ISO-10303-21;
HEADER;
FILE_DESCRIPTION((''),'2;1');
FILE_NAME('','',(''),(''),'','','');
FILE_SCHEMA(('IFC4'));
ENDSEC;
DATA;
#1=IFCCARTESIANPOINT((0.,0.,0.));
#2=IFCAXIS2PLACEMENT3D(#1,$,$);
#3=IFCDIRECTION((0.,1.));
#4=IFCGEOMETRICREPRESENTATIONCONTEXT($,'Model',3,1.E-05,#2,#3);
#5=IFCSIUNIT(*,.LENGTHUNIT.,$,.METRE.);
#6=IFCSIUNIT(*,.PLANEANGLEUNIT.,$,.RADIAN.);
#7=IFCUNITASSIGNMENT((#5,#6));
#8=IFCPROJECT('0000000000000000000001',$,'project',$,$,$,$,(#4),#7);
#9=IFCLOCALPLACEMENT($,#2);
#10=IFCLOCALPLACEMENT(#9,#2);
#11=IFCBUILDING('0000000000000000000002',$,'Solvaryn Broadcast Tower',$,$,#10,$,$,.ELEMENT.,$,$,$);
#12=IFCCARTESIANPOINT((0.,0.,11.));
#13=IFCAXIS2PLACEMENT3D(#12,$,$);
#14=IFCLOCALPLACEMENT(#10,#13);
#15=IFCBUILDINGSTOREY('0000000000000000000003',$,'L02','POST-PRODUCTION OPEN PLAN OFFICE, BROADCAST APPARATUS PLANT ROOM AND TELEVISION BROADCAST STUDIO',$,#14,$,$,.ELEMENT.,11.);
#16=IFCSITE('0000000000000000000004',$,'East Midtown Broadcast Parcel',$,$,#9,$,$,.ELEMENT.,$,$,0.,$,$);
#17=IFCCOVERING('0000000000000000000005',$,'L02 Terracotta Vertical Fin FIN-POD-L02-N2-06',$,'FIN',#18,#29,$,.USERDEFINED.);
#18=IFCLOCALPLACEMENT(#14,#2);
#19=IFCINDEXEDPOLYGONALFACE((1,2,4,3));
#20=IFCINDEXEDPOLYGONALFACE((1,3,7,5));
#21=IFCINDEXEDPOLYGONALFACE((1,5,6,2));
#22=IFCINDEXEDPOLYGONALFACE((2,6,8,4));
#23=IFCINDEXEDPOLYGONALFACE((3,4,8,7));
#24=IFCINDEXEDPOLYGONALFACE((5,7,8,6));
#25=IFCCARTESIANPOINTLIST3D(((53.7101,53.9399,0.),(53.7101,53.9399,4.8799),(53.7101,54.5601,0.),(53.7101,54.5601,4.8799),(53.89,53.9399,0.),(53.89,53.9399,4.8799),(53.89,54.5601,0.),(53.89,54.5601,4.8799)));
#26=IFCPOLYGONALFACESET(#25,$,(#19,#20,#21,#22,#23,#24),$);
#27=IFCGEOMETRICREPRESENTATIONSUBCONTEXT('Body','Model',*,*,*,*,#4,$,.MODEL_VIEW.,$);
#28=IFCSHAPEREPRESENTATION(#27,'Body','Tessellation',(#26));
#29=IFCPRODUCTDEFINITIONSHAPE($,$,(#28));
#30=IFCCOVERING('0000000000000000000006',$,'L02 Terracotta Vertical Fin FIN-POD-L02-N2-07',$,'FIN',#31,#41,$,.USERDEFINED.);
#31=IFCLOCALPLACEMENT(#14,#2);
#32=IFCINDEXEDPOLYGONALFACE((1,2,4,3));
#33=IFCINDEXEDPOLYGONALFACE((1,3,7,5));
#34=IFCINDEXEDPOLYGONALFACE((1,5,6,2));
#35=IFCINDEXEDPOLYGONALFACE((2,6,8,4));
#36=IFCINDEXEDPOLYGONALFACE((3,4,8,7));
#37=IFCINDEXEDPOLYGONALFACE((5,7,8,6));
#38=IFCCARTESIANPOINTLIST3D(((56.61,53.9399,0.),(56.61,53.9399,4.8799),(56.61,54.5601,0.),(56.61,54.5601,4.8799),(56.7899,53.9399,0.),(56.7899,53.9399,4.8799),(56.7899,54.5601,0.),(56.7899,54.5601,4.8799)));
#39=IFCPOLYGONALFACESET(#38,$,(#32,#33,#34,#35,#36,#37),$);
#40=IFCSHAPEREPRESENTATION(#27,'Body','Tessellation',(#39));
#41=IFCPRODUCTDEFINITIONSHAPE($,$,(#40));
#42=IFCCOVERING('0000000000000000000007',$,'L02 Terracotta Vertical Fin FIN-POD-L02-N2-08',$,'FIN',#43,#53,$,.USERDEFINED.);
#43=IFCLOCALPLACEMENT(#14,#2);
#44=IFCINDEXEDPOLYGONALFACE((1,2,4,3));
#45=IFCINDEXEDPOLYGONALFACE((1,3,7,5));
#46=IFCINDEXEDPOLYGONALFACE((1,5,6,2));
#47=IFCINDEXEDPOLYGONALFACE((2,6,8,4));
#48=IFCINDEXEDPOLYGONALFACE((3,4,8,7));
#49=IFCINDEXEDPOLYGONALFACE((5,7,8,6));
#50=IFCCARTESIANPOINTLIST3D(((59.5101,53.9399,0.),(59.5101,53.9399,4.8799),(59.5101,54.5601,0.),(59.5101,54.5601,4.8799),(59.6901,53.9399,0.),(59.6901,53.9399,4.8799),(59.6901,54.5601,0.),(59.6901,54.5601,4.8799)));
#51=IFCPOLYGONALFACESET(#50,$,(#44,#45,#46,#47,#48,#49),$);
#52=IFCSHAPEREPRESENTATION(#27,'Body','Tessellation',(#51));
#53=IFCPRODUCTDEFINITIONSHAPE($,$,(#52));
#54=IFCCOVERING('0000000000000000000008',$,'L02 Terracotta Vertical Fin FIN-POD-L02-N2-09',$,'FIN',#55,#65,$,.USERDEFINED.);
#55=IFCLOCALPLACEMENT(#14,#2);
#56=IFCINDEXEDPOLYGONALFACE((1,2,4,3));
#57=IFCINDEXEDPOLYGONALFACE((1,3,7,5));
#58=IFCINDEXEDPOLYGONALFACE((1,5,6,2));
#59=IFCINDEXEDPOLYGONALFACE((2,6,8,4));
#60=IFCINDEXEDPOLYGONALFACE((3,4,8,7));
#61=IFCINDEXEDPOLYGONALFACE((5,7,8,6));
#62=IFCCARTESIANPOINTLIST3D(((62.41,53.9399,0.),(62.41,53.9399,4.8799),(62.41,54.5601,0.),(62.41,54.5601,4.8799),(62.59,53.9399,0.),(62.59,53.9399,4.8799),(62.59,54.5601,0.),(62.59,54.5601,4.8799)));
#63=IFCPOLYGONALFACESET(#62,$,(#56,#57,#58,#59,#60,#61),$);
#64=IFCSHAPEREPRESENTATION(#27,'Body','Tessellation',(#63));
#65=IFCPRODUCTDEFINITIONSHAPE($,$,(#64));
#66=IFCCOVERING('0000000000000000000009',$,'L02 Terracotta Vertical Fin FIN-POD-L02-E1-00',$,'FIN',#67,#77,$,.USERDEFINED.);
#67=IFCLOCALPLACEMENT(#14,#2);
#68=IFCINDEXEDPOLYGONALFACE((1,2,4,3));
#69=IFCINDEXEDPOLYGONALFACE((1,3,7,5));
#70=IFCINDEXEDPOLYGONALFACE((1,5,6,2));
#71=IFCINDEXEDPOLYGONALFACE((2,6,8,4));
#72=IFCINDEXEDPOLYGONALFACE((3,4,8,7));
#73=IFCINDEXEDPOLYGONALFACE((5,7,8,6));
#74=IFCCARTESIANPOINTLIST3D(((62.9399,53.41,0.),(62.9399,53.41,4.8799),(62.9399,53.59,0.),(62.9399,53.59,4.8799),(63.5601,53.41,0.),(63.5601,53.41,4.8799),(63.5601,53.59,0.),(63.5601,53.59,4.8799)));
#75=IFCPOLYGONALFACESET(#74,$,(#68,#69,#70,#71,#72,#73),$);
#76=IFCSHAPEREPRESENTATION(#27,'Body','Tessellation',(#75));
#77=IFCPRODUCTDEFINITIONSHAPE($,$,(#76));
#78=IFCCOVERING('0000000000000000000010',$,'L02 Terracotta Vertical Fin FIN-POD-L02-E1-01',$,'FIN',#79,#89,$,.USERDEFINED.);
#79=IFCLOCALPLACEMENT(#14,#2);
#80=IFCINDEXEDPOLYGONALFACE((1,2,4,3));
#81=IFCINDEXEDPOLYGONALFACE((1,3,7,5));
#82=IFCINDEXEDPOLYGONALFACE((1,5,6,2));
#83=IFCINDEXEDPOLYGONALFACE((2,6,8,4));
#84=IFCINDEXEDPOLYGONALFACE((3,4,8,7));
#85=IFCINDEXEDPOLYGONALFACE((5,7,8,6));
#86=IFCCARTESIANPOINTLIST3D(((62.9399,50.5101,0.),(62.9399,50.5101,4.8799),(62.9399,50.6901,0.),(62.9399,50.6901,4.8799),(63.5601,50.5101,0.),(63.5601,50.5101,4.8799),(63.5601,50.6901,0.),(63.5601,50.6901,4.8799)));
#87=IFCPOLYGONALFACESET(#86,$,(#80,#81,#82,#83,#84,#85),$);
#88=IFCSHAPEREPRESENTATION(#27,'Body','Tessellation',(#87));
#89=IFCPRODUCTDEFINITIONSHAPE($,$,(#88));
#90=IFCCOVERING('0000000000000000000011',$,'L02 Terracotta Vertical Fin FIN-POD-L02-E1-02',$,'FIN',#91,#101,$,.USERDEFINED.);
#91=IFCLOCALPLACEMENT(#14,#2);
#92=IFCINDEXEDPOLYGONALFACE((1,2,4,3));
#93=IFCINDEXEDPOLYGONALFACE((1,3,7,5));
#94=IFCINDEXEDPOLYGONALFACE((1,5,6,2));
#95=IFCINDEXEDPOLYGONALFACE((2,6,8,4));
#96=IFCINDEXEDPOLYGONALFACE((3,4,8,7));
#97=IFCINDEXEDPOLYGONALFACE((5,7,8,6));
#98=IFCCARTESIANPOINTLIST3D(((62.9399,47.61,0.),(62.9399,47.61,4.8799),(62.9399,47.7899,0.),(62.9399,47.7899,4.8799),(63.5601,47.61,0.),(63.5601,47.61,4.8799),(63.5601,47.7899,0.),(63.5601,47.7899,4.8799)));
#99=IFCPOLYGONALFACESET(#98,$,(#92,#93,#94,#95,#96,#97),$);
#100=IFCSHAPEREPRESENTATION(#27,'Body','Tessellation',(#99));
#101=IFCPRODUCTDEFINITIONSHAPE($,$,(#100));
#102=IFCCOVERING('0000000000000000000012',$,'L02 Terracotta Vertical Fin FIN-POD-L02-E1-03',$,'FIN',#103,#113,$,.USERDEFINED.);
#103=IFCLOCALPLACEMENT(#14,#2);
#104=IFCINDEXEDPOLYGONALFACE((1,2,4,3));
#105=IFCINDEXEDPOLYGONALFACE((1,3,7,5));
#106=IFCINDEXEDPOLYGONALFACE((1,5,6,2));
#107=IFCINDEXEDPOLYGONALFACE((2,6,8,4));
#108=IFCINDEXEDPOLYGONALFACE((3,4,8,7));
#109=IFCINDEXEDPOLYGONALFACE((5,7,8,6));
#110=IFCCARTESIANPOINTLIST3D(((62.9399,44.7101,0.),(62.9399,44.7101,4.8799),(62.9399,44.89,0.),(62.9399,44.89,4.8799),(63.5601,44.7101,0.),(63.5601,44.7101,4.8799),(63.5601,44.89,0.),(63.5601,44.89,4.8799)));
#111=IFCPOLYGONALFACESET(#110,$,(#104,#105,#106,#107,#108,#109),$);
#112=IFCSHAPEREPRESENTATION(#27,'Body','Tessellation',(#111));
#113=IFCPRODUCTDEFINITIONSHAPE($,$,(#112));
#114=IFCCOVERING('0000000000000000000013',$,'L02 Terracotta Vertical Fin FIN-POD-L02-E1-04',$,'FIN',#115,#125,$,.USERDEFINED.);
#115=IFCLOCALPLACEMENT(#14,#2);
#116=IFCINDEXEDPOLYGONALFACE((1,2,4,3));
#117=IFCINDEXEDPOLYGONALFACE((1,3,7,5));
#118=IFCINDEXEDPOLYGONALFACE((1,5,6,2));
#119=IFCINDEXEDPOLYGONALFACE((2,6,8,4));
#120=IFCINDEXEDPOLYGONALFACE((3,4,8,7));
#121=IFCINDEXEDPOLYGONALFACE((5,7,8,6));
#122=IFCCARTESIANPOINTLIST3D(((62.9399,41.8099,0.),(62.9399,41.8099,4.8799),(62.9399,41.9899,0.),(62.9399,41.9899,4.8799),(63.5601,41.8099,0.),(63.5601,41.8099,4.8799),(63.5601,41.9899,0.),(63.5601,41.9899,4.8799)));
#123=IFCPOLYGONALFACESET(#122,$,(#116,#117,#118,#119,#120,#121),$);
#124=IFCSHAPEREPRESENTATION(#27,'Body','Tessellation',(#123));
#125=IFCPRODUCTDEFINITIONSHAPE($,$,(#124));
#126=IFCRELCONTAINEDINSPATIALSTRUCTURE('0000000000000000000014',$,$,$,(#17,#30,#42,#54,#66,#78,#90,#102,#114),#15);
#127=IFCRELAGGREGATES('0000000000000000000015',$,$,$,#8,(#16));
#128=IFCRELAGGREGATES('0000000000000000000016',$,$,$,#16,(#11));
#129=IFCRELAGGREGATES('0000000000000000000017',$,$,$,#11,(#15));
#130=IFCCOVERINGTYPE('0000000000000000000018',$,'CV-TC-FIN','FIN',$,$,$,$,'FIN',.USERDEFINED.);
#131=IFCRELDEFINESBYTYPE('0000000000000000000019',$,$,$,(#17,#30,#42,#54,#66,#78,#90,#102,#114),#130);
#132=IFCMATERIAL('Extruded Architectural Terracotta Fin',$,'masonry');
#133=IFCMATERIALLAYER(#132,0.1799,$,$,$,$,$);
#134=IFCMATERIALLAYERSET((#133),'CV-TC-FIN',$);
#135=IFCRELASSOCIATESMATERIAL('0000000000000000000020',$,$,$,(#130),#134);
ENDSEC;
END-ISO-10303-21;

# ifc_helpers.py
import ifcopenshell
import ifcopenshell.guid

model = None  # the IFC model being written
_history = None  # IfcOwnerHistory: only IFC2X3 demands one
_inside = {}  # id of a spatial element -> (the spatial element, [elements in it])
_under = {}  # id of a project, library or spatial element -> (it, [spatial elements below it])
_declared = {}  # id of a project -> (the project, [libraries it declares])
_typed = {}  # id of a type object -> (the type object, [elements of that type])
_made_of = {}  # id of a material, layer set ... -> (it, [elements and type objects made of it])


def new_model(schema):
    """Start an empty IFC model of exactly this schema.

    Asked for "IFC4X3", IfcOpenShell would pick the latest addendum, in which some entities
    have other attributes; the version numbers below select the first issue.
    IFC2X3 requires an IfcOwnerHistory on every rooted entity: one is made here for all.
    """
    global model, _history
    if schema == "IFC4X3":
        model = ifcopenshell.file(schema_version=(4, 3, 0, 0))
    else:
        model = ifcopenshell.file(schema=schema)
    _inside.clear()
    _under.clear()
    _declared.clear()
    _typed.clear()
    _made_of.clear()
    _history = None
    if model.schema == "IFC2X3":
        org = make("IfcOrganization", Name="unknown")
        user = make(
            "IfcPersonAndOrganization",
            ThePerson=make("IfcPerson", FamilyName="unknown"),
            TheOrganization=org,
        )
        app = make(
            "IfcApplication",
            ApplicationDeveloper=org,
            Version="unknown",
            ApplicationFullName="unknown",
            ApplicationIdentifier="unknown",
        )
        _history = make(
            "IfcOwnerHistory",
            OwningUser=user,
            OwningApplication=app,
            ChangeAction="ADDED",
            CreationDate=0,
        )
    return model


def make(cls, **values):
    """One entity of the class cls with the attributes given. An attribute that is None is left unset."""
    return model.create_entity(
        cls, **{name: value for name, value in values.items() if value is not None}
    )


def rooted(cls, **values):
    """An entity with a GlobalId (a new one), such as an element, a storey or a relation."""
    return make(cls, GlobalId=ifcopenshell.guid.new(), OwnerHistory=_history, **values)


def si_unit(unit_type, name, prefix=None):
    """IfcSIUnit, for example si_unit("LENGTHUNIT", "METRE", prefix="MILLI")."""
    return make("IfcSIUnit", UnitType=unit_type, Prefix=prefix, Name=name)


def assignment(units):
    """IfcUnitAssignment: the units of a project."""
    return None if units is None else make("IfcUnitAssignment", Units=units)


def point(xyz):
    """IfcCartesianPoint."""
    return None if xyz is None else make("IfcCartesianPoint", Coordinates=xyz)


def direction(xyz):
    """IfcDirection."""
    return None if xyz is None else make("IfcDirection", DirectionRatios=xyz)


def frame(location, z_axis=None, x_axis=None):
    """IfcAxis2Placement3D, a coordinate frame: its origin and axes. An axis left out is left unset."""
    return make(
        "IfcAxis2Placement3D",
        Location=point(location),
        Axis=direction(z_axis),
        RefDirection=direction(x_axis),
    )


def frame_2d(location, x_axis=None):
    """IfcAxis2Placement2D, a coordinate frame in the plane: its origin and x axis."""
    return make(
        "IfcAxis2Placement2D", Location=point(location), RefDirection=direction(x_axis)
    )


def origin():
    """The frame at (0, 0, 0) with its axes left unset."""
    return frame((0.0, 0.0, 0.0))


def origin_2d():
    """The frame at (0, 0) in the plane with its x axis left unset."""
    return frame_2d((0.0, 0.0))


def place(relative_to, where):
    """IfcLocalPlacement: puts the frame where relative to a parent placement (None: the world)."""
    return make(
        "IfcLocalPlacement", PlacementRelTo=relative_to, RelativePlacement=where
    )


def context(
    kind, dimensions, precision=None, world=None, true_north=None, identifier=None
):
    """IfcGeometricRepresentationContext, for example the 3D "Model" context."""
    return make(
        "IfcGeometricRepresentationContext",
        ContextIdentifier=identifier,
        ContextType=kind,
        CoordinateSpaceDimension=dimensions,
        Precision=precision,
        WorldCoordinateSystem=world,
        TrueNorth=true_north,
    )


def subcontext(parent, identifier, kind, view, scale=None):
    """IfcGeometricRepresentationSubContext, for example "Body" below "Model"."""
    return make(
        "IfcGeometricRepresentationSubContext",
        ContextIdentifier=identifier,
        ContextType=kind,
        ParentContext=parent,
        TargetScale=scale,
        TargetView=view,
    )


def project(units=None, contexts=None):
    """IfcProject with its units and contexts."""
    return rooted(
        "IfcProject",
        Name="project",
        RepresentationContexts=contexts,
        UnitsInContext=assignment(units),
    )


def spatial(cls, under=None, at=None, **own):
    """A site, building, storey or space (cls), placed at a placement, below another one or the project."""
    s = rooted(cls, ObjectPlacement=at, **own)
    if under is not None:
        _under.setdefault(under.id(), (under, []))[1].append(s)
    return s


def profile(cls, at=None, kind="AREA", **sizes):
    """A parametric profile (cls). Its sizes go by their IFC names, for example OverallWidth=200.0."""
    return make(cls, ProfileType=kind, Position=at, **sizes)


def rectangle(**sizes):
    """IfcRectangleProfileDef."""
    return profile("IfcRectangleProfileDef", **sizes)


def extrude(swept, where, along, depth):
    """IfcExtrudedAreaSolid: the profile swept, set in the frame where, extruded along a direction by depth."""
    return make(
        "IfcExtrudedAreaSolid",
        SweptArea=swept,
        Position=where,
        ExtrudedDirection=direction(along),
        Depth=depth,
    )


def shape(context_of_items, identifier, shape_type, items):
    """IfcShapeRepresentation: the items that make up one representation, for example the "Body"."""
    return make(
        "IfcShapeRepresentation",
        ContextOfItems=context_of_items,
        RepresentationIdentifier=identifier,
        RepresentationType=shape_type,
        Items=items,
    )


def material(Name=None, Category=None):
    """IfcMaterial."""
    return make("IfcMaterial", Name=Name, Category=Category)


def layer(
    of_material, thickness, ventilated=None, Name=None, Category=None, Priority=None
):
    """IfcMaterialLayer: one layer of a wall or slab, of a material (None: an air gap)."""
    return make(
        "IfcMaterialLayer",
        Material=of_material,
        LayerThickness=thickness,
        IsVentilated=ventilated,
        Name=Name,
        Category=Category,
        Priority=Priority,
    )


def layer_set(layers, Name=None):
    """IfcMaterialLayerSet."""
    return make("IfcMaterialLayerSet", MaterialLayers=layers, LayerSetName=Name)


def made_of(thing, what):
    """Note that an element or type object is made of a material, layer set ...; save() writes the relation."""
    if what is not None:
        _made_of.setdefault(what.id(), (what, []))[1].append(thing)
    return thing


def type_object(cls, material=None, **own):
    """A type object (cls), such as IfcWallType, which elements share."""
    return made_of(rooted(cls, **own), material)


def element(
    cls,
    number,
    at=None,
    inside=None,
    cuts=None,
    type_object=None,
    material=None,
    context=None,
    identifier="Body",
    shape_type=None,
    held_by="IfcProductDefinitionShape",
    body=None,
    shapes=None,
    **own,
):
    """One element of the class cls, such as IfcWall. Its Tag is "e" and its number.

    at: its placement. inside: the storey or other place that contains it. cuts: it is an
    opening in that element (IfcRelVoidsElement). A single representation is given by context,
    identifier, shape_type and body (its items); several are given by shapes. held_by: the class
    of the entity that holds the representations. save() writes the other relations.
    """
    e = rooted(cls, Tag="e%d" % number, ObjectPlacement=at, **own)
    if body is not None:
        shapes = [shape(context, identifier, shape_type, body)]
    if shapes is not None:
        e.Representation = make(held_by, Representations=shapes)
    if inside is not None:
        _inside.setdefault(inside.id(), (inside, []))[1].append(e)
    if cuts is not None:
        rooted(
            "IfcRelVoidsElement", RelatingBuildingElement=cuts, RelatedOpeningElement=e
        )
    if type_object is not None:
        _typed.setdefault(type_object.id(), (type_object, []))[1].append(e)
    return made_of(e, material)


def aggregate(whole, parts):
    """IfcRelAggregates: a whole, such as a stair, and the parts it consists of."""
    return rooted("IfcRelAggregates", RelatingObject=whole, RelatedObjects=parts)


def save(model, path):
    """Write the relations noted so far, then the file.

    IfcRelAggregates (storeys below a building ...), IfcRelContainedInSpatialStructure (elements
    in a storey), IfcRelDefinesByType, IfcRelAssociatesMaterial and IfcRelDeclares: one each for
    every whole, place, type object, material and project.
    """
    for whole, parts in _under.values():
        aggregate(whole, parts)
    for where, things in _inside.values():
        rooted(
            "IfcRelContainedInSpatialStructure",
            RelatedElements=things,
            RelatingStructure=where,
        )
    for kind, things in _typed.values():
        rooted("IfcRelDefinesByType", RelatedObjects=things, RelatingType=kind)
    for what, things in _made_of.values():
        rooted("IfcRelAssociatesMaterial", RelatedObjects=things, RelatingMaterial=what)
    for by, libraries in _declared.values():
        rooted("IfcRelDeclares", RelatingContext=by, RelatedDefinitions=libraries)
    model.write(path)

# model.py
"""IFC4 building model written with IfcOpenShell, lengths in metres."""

from ifc_helpers import new_model, si_unit, direction, frame, origin, origin_2d, place, context, subcontext, project, spatial, rectangle, extrude, material, layer, layer_set, type_object, element, save


model = new_model("IFC4")

# Units and contexts
model_context = context("Model", 3, precision=1e-05, world=origin(), true_north=direction((0.0, 1.0)))
body_context = subcontext(model_context, "Body", "Model", "MODEL_VIEW")
ifc_project = project(units=[si_unit("LENGTHUNIT", "METRE"), si_unit("PLANEANGLEUNIT", "RADIAN")], contexts=[model_context])

# Site, building, storey
site_placement = place(None, origin())
site = spatial("IfcSite", under=ifc_project, at=site_placement, Name="East Midtown Broadcast Parcel", CompositionType="ELEMENT", RefElevation=0.0)
building_placement = place(site_placement, origin())
building = spatial("IfcBuilding", under=site, at=building_placement, Name="Solvaryn Broadcast Tower", CompositionType="ELEMENT")
storey_placement = place(building_placement, frame((0.0, 0.0, 11.0)))
storey = spatial("IfcBuildingStorey", under=building, at=storey_placement, Name="L02", Description="POST-PRODUCTION OPEN PLAN OFFICE, BROADCAST APPARATUS PLANT ROOM AND TELEVISION BROADCAST STUDIO", CompositionType="ELEMENT", Elevation=11.0)

# Coverings
ifc_material_1 = material(Name="Extruded Architectural Terracotta Fin", Category="masonry")
ifc_layer_1 = layer(ifc_material_1, 0.1799)
ifc_layer_set_1 = layer_set([ifc_layer_1], Name="CV-TC-FIN")
covering_type = type_object("IfcCoveringType", Name="CV-TC-FIN", Description="FIN", ElementType="FIN", PredefinedType="USERDEFINED", material=ifc_layer_set_1)
for number, where, z_axis, x_axis, name in (
    (1, (53.8, 54.25, 0.0), (0.0, 0.0, 1.0), (1.0, 0.0, 0.0), "L02 Terracotta Vertical Fin FIN-POD-L02-N2-06"),
    (2, (56.7, 54.25, 0.0), (0.0, 0.0, 1.0), (1.0, 0.0, 0.0), "L02 Terracotta Vertical Fin FIN-POD-L02-N2-07"),
    (3, (59.6001, 54.25, 0.0), (0.0, 0.0, 1.0), (1.0, 0.0, 0.0), "L02 Terracotta Vertical Fin FIN-POD-L02-N2-08"),
    (4, (62.5, 54.25, 0.0), (0.0, 0.0, 1.0), (1.0, 0.0, 0.0), "L02 Terracotta Vertical Fin FIN-POD-L02-N2-09"),
):
    element("IfcCovering", number, at=place(storey_placement, frame(where, z_axis=z_axis, x_axis=x_axis)), inside=storey, type_object=covering_type, Name=name, ObjectType="FIN", PredefinedType="USERDEFINED", context=body_context, shape_type="SweptSolid", body=[
        extrude(rectangle(XDim=0.1799, YDim=0.6201, at=origin_2d()), origin(), (0.0, 0.0, 1.0), 4.8799),
    ])
for number, where, z_axis, x_axis, name in (
    (5, (63.25, 53.5, 0.0), (0.0, 0.0, 1.0), (1.0, 0.0, 0.0), "L02 Terracotta Vertical Fin FIN-POD-L02-E1-00"),
    (6, (63.25, 50.6001, 0.0), (0.0, 0.0, 1.0), (1.0, 0.0, 0.0), "L02 Terracotta Vertical Fin FIN-POD-L02-E1-01"),
    (7, (63.25, 47.7, 0.0), (0.0, 0.0, 1.0), (1.0, 0.0, 0.0), "L02 Terracotta Vertical Fin FIN-POD-L02-E1-02"),
    (8, (63.25, 44.8, 0.0), (0.0, 0.0, 1.0), (1.0, 0.0, 0.0), "L02 Terracotta Vertical Fin FIN-POD-L02-E1-03"),
    (9, (63.25, 41.8999, 0.0), (0.0, 0.0, 1.0), (1.0, 0.0, 0.0), "L02 Terracotta Vertical Fin FIN-POD-L02-E1-04"),
):
    element("IfcCovering", number, at=place(storey_placement, frame(where, z_axis=z_axis, x_axis=x_axis)), inside=storey, type_object=covering_type, Name=name, ObjectType="FIN", PredefinedType="USERDEFINED", context=body_context, shape_type="SweptSolid", body=[
        extrude(rectangle(XDim=0.6201, YDim=0.1799, at=origin_2d()), origin(), (0.0, 0.0, 1.0), 4.8799),
    ])

save(model, "model.ifc")
